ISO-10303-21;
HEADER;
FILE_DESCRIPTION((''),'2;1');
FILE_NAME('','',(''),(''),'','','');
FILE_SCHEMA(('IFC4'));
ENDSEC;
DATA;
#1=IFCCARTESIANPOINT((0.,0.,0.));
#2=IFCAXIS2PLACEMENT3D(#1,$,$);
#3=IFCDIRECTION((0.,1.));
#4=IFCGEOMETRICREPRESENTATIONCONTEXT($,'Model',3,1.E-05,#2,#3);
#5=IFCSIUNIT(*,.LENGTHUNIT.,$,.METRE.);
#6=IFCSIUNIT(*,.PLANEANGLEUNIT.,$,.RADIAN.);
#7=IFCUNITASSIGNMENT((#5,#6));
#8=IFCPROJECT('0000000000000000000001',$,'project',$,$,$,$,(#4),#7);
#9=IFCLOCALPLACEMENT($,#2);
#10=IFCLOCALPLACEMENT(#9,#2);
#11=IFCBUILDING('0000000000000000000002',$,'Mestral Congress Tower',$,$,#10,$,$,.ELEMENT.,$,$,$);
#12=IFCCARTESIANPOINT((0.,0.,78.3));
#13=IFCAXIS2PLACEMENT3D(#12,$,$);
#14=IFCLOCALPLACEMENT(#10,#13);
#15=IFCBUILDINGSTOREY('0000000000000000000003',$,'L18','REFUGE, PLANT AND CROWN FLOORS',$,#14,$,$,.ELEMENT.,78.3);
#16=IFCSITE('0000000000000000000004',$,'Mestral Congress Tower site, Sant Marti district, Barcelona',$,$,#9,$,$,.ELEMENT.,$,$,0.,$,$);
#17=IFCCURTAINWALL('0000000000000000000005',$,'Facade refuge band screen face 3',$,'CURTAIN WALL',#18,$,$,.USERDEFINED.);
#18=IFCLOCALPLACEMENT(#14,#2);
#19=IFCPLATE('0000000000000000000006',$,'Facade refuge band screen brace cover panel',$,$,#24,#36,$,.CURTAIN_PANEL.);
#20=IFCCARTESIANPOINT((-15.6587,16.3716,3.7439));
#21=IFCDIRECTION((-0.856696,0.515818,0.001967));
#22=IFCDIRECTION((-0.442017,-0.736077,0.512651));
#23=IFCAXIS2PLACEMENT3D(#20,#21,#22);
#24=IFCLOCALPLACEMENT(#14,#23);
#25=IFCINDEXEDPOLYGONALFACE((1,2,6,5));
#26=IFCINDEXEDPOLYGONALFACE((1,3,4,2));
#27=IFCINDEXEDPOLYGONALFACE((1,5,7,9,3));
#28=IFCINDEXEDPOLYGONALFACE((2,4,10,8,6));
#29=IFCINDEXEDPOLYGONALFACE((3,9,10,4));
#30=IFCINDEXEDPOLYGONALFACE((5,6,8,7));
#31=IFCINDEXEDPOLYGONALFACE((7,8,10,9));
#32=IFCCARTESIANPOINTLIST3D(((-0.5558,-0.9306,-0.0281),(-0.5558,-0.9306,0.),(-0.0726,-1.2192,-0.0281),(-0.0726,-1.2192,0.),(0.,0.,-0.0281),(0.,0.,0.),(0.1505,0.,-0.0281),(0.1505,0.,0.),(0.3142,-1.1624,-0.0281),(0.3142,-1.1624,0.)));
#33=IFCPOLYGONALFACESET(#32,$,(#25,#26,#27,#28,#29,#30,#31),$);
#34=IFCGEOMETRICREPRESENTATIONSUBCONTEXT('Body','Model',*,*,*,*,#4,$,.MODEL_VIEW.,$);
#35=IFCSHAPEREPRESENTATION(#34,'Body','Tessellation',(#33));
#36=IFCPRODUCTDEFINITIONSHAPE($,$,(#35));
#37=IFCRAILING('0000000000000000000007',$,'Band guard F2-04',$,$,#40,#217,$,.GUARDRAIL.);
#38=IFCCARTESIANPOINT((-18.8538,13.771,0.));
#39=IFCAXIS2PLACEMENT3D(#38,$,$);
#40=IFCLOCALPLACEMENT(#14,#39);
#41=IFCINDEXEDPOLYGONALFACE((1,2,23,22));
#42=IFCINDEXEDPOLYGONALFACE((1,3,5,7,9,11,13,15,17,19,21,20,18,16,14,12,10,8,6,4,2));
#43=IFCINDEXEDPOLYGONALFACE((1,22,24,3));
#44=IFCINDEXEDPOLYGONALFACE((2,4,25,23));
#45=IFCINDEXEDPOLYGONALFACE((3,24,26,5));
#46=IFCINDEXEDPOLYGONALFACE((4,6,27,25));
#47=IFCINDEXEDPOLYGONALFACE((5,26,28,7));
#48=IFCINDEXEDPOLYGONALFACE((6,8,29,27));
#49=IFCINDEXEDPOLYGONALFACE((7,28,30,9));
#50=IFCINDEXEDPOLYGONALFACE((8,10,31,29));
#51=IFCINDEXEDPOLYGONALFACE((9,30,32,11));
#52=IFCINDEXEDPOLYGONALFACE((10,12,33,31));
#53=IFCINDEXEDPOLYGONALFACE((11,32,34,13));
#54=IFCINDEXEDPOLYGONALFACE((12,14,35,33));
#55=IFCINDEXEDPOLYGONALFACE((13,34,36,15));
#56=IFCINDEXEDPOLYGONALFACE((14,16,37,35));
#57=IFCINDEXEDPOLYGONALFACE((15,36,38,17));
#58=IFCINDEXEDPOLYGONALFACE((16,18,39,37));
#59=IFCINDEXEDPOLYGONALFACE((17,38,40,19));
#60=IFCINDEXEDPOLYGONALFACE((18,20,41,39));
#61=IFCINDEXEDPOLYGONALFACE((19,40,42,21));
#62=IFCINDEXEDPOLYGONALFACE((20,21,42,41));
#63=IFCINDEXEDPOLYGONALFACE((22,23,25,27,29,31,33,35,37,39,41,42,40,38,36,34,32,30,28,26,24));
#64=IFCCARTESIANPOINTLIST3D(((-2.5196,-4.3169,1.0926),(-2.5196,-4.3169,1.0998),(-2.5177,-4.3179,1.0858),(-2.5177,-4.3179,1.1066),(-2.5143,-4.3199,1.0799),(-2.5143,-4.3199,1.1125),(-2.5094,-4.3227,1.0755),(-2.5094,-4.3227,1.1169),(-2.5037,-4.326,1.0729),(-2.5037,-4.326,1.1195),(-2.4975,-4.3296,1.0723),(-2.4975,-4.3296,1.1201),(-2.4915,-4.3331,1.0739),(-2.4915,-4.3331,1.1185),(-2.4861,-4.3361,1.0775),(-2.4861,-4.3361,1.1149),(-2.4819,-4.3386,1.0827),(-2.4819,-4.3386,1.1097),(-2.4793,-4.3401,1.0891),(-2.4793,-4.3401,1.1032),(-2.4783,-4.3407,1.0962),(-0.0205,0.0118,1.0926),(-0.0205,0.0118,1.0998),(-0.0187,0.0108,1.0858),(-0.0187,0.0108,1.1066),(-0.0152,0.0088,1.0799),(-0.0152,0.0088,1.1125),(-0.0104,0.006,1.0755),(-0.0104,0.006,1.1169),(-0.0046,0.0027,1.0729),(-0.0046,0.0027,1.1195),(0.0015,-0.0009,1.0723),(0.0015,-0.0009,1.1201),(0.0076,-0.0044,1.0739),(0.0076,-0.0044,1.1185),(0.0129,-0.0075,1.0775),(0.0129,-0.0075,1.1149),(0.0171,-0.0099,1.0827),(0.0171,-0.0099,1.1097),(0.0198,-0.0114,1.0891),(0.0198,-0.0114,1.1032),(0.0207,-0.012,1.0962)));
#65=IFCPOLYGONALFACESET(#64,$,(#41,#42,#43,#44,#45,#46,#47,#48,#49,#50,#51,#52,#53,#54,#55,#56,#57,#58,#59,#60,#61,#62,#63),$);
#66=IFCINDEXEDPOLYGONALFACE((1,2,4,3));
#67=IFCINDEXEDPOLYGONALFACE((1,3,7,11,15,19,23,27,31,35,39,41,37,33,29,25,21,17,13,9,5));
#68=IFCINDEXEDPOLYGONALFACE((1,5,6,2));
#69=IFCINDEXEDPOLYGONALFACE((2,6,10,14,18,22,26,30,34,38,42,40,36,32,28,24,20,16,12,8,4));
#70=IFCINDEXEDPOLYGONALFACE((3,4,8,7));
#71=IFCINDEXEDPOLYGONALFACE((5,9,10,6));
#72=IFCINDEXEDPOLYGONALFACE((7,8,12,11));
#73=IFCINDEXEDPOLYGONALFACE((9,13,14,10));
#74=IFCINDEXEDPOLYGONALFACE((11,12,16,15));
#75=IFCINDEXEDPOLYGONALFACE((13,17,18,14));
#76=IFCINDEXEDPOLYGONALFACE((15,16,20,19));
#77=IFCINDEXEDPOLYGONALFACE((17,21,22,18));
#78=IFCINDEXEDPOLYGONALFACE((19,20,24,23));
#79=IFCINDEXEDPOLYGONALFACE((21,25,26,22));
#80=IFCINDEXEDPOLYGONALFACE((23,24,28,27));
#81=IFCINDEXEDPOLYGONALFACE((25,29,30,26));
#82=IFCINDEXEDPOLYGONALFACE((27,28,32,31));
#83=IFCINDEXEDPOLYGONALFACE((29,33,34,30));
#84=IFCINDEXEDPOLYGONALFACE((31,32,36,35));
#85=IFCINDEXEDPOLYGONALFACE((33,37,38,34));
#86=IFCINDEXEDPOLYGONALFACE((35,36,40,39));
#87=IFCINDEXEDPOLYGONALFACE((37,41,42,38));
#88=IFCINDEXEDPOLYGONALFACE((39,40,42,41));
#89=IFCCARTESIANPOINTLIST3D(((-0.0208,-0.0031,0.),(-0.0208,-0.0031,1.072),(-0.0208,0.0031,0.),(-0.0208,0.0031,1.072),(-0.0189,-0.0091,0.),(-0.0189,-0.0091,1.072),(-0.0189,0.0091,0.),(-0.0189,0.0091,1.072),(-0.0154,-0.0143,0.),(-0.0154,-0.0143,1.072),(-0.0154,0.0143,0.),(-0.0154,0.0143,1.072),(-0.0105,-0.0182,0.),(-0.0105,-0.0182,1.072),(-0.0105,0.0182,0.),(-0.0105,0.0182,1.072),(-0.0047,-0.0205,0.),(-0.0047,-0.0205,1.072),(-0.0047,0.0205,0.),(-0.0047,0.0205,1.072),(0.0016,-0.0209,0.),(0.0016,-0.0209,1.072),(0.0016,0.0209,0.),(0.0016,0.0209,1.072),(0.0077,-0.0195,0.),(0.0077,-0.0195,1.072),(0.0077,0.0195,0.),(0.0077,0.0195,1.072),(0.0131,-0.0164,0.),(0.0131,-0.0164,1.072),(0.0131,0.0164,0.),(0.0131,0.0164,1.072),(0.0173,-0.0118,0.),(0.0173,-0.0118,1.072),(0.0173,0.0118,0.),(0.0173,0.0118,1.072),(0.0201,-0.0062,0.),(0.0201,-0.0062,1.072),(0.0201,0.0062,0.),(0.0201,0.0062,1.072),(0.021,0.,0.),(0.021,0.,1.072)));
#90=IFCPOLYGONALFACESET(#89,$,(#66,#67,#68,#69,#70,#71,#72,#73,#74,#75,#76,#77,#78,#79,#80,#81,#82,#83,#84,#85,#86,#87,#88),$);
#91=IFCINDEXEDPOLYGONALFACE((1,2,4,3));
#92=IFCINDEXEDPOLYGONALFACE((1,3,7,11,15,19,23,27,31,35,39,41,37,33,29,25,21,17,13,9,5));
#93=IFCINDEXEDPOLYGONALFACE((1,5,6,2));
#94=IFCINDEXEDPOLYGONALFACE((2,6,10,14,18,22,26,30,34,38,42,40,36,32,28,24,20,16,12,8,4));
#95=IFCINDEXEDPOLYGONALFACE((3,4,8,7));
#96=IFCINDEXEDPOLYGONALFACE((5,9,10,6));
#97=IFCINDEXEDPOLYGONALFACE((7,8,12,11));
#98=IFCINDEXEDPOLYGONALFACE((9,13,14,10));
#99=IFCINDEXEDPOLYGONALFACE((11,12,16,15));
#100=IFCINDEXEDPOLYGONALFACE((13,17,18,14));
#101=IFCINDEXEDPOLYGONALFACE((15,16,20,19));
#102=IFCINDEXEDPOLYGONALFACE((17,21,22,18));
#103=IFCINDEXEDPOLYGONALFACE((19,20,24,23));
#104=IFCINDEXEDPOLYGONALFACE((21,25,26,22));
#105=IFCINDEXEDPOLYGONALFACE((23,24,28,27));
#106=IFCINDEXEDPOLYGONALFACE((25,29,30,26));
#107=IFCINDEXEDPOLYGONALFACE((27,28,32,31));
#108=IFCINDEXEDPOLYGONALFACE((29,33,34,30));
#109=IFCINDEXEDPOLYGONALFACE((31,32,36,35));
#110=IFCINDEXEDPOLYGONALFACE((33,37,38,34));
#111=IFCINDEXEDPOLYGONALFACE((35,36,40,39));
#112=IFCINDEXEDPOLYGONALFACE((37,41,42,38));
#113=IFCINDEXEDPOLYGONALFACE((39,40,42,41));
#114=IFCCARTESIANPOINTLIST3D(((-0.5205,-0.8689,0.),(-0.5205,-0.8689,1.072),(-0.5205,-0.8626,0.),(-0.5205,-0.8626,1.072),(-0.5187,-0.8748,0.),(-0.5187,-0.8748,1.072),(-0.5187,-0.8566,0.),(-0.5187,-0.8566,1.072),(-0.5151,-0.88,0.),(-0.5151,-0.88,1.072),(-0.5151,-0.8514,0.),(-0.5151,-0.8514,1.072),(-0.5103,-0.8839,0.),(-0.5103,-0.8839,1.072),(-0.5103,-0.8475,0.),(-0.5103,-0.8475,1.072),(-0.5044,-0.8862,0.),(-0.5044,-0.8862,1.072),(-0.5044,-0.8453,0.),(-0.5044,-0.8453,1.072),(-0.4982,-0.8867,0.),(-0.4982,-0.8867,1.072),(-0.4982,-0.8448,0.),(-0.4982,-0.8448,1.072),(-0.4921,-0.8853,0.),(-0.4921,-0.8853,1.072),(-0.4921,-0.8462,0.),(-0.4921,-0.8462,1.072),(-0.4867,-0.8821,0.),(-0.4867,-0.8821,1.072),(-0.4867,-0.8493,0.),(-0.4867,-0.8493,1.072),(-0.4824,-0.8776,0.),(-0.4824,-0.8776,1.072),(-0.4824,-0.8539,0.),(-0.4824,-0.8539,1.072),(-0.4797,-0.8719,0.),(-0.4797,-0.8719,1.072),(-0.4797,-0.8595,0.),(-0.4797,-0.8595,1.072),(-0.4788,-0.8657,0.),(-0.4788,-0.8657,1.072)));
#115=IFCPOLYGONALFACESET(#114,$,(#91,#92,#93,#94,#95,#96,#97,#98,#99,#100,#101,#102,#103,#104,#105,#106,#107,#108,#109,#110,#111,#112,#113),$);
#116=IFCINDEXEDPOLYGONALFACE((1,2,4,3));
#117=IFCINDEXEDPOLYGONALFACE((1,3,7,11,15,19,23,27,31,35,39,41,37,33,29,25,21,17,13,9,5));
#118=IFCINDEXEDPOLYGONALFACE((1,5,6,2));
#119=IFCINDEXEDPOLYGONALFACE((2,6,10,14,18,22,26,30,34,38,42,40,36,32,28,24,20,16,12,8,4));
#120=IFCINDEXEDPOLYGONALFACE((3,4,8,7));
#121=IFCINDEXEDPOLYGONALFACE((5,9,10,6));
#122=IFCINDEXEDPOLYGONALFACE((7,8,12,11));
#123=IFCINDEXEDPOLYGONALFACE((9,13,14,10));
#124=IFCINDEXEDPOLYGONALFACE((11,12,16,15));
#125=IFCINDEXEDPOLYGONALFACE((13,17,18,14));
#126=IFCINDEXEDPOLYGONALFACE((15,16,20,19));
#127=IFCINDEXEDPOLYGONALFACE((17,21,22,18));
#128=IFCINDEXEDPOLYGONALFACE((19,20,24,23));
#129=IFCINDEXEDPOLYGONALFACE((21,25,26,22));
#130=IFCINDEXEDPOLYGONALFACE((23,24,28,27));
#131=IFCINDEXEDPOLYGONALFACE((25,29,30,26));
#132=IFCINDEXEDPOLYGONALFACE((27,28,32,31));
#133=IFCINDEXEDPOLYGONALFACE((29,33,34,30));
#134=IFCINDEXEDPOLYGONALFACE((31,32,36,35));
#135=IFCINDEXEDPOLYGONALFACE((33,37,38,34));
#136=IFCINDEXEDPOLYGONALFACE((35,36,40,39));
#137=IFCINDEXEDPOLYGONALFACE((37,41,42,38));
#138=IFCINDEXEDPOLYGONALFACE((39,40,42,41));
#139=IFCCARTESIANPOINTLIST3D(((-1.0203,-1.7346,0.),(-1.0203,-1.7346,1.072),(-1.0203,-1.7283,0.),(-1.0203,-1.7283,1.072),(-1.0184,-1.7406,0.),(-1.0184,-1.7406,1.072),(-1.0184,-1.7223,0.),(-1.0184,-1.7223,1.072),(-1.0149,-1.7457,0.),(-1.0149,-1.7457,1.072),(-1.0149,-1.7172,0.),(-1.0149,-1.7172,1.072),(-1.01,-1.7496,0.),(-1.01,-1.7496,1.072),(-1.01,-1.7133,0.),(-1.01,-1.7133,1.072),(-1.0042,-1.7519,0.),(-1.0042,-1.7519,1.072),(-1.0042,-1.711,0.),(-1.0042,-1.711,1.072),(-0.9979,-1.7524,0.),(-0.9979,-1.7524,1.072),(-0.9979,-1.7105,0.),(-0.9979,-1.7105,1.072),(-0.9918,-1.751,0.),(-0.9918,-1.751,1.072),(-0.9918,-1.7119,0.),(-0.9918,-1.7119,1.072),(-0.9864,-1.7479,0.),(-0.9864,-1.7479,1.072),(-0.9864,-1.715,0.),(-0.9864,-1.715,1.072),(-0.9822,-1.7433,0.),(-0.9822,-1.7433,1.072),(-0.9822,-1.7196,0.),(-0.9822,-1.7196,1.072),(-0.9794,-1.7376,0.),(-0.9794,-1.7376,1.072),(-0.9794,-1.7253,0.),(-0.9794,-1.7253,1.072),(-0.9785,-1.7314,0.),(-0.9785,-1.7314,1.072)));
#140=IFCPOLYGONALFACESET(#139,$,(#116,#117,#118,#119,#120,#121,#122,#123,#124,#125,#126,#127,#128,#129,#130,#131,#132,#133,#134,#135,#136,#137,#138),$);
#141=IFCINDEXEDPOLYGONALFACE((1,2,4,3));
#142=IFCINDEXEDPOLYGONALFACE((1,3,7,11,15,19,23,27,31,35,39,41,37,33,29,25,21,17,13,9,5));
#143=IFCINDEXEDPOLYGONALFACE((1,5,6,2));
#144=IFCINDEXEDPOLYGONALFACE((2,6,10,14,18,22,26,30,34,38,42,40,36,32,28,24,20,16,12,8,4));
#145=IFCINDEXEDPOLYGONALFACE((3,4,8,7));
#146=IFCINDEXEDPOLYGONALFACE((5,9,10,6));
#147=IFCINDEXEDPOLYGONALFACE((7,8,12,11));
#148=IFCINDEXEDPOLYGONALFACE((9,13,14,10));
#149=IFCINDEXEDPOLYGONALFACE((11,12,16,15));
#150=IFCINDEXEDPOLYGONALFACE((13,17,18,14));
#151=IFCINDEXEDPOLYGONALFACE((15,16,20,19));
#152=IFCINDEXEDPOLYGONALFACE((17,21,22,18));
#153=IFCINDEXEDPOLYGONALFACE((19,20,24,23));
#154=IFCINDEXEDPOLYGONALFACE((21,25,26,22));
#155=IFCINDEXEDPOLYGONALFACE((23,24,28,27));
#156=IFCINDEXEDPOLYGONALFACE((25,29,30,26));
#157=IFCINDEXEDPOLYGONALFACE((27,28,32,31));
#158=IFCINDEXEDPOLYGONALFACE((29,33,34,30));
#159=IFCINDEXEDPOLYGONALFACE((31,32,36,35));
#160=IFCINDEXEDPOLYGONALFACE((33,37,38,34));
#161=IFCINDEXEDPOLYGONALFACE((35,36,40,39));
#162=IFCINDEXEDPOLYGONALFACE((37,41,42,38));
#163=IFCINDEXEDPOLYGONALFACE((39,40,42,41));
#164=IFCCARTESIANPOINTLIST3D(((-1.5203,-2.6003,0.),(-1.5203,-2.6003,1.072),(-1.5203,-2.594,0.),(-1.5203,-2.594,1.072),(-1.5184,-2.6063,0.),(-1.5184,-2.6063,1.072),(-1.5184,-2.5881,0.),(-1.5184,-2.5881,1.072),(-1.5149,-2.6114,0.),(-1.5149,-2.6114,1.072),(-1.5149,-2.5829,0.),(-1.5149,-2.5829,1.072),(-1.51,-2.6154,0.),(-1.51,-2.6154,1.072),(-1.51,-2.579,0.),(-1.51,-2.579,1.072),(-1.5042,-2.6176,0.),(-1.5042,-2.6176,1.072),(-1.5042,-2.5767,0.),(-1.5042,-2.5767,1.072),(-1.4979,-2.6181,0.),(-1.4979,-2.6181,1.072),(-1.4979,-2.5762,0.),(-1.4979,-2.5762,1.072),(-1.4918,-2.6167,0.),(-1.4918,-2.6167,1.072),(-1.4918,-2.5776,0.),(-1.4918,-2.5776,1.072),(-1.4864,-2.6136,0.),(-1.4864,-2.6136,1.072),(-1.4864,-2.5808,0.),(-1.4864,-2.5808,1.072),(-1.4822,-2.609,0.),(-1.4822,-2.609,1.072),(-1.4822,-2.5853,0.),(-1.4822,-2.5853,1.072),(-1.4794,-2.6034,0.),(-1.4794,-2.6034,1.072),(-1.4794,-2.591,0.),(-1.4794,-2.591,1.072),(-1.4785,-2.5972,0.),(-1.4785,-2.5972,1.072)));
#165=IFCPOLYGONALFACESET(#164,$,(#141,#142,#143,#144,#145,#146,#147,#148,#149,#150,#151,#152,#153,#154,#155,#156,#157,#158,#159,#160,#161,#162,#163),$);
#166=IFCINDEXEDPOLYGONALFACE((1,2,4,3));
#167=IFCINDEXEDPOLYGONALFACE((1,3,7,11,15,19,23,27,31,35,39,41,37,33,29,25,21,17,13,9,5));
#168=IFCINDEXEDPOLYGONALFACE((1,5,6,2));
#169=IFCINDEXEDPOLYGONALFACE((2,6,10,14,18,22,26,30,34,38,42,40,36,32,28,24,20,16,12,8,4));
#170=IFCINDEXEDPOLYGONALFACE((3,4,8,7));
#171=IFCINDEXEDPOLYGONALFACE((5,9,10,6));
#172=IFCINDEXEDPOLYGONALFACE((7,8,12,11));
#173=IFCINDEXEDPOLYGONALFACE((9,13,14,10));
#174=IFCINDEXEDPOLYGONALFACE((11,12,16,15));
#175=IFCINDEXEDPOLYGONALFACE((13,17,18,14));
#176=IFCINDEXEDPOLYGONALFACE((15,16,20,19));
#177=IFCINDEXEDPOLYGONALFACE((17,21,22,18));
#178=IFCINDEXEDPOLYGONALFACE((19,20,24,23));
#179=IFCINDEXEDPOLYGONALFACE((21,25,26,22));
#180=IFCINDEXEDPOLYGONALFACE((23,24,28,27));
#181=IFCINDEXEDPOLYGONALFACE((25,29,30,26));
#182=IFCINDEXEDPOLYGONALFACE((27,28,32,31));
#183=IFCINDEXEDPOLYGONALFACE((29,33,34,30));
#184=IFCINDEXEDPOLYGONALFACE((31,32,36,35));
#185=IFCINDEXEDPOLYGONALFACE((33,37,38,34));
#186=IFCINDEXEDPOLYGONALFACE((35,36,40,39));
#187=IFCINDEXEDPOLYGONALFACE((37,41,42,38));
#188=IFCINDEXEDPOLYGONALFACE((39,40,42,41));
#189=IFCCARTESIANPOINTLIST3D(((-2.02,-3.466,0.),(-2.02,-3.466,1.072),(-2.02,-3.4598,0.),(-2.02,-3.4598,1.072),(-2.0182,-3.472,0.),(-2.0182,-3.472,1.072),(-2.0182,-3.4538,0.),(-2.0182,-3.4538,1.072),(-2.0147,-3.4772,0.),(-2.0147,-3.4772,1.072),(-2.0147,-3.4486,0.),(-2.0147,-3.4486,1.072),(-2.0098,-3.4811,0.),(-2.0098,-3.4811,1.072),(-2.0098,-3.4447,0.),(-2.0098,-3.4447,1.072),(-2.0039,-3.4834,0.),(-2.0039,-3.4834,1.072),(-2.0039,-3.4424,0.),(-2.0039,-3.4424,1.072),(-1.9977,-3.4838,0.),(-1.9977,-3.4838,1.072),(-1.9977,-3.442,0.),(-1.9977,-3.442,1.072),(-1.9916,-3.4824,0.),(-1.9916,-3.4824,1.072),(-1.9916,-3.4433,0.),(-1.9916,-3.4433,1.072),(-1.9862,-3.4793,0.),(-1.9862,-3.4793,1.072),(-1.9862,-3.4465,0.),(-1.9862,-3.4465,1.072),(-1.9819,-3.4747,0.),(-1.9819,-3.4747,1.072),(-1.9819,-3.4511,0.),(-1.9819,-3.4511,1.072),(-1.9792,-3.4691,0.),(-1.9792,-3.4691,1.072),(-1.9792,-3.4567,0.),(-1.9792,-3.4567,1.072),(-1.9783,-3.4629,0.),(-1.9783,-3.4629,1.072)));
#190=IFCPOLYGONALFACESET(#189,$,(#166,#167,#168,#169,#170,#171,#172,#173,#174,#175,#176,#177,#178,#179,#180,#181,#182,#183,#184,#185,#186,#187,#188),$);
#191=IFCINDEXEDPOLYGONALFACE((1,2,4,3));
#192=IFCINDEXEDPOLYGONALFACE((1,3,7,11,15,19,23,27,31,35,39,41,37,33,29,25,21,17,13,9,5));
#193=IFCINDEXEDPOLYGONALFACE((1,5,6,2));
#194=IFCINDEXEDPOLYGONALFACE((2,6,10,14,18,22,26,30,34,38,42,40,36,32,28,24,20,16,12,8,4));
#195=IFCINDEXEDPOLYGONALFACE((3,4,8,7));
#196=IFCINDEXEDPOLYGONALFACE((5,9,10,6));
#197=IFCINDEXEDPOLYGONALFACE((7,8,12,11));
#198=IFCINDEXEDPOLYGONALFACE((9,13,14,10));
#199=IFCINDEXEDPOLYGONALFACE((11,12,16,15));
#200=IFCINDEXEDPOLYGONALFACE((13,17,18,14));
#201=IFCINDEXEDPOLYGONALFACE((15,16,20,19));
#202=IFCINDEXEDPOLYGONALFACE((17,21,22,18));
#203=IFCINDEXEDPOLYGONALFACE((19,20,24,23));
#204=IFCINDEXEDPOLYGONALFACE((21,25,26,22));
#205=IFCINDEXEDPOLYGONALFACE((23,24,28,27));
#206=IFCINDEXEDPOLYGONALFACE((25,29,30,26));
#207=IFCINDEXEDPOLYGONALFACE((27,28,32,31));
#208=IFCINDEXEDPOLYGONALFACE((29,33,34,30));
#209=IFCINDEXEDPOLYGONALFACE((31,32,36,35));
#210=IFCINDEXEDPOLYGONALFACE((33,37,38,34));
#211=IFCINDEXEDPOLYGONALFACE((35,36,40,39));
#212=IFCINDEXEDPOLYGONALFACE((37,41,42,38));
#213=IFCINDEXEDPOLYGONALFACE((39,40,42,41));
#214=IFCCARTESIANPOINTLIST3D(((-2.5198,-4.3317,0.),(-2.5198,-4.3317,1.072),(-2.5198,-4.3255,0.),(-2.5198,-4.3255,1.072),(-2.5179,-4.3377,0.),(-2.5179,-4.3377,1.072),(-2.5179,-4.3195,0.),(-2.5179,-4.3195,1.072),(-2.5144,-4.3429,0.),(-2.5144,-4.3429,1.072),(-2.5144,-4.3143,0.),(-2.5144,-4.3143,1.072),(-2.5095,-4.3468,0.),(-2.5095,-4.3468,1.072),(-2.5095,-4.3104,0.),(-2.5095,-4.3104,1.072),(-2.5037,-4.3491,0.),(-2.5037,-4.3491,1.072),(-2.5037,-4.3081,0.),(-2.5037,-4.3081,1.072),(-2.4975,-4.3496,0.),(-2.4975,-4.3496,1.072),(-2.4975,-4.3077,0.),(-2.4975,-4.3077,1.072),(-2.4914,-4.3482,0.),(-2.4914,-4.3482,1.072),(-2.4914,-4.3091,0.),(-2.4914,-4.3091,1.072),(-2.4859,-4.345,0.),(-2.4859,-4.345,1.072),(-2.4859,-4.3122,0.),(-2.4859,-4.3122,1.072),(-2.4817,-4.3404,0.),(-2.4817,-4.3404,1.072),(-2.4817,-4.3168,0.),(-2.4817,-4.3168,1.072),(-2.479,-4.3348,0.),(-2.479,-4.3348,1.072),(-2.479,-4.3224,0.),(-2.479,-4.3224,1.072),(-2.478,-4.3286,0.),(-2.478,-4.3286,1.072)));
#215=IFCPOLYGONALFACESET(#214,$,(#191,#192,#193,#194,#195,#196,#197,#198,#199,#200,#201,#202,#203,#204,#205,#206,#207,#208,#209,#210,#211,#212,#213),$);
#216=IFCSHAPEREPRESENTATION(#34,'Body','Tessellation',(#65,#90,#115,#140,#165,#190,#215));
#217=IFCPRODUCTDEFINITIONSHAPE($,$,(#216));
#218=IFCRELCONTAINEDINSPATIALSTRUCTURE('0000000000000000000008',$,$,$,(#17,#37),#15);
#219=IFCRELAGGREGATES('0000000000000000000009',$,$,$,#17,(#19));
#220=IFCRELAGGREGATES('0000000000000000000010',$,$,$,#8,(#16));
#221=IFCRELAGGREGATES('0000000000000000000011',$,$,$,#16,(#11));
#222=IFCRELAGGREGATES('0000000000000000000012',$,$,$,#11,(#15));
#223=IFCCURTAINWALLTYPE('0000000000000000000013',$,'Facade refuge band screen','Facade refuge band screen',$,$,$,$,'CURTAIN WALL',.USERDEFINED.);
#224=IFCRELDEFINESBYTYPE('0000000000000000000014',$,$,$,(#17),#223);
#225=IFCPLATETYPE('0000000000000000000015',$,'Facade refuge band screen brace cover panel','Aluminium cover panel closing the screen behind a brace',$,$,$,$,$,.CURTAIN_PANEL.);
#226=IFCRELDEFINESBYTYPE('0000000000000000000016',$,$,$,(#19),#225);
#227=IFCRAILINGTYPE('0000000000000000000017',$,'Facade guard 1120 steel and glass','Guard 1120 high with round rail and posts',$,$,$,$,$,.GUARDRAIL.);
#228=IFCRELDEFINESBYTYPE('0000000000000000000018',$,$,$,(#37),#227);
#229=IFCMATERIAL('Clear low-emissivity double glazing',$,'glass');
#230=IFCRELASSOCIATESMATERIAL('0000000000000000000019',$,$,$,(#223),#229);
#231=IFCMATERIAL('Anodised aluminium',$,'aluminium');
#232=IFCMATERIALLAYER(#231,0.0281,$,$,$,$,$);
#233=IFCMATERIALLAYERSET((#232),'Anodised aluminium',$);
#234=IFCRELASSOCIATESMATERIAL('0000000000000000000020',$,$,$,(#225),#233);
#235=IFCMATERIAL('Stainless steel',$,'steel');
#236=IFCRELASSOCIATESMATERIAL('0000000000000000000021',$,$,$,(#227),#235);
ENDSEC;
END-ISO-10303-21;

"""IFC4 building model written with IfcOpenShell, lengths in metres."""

from ifc_helpers import new_model, si_unit, direction, frame, origin, origin_2d, place, context, subcontext, project, spatial, polyline, circle, outline, extrude, material, layer, layer_set, type_object, element, aggregate, save


model = new_model("IFC4")

# Units and contexts
model_context = context("Model", 3, precision=1e-05, world=origin(), true_north=direction((0.0, 1.0)))
body_context = subcontext(model_context, "Body", "Model", "MODEL_VIEW")
ifc_project = project(units=[si_unit("LENGTHUNIT", "METRE"), si_unit("PLANEANGLEUNIT", "RADIAN")], contexts=[model_context])

# Site, building, storey
site_placement = place(None, origin())
site = spatial("IfcSite", under=ifc_project, at=site_placement, Name="Mestral Congress Tower site, Sant Marti district, Barcelona", CompositionType="ELEMENT", RefElevation=0.0)
building_placement = place(site_placement, origin())
building = spatial("IfcBuilding", under=site, at=building_placement, Name="Mestral Congress Tower", CompositionType="ELEMENT")
storey_placement = place(building_placement, frame((0.0, 0.0, 78.3)))
storey = spatial("IfcBuildingStorey", under=building, at=storey_placement, Name="L18", Description="REFUGE, PLANT AND CROWN FLOORS", CompositionType="ELEMENT", Elevation=78.3)

# Curtain wall
ifc_material_1 = material(Name="Clear low-emissivity double glazing", Category="glass")
curtain_wall_type = type_object("IfcCurtainWallType", Name="Facade refuge band screen", Description="Facade refuge band screen", ElementType="CURTAIN WALL", PredefinedType="USERDEFINED", material=ifc_material_1)
curtain_wall_placement = place(storey_placement, origin())
curtain_wall = element("IfcCurtainWall", 1, at=curtain_wall_placement, inside=storey, type_object=curtain_wall_type, Name="Facade refuge band screen face 3", ObjectType="CURTAIN WALL", PredefinedType="USERDEFINED")
ifc_material_2 = material(Name="Anodised aluminium", Category="aluminium")

# Plate
ifc_layer_1 = layer(ifc_material_2, 0.0281)
ifc_layer_set_1 = layer_set([ifc_layer_1], Name="Anodised aluminium")
plate_type_1 = type_object("IfcPlateType", Name="Facade refuge band screen brace cover panel", Description="Aluminium cover panel closing the screen behind a brace", PredefinedType="CURTAIN_PANEL", material=ifc_layer_set_1)
plate_1_placement = place(storey_placement, frame((-15.6587, 16.3716, 3.7439), z_axis=(-0.856696, 0.515818, 0.001967), x_axis=(-0.442017, -0.736077, 0.512651)))
plate_1 = element("IfcPlate", 2, at=plate_1_placement, type_object=plate_type_1, Name="Facade refuge band screen brace cover panel", PredefinedType="CURTAIN_PANEL", context=body_context, shape_type="SweptSolid", body=[
    extrude(outline(polyline([(0.0, 0.0), (0.1505, 0.0), (0.3142, -1.1624), (-0.0726, -1.2192), (-0.5558, -0.9306), (0.0, 0.0)])), origin(), (0.0, 0.0, -1.0), 0.0281),
])
aggregate(curtain_wall, [plate_1])

# Railing
ifc_material_3 = material(Name="Stainless steel", Category="steel")
railing_type = type_object("IfcRailingType", Name="Facade guard 1120 steel and glass", Description="Guard 1120 high with round rail and posts", PredefinedType="GUARDRAIL", material=ifc_material_3)
railing_1_placement = place(storey_placement, frame((-18.8538, 13.771, 0.0)))
element("IfcRailing", 3, at=railing_1_placement, inside=storey, type_object=railing_type, Name="Band guard F2-04", PredefinedType="GUARDRAIL", context=body_context, shape_type="SweptSolid", body=[
    extrude(circle(Radius=0.0239, at=origin_2d()), frame((0.0, 0.0, 1.0962), z_axis=(-0.499985, -0.866034, 0.0), x_axis=(0.866034, -0.499985, 0.0)), (0.0, 0.0, 1.0), 4.9983),
    extrude(circle(Radius=0.021, at=origin_2d()), origin(), (0.0, 0.0, 1.0), 1.072),
    extrude(circle(Radius=0.021, at=origin_2d()), frame((-0.4998, -0.8657, 0.0)), (0.0, 0.0, 1.0), 1.072),
    extrude(circle(Radius=0.021, at=origin_2d()), frame((-0.9995, -1.7314, 0.0)), (0.0, 0.0, 1.0), 1.072),
    extrude(circle(Radius=0.021, at=origin_2d()), frame((-1.4995, -2.5972, 0.0)), (0.0, 0.0, 1.0), 1.072),
    extrude(circle(Radius=0.021, at=origin_2d()), frame((-1.9993, -3.4629, 0.0)), (0.0, 0.0, 1.0), 1.072),
    extrude(circle(Radius=0.021, at=origin_2d()), frame((-2.499, -4.3286, 0.0)), (0.0, 0.0, 1.0), 1.072),
])

save(model, "model.ifc")
